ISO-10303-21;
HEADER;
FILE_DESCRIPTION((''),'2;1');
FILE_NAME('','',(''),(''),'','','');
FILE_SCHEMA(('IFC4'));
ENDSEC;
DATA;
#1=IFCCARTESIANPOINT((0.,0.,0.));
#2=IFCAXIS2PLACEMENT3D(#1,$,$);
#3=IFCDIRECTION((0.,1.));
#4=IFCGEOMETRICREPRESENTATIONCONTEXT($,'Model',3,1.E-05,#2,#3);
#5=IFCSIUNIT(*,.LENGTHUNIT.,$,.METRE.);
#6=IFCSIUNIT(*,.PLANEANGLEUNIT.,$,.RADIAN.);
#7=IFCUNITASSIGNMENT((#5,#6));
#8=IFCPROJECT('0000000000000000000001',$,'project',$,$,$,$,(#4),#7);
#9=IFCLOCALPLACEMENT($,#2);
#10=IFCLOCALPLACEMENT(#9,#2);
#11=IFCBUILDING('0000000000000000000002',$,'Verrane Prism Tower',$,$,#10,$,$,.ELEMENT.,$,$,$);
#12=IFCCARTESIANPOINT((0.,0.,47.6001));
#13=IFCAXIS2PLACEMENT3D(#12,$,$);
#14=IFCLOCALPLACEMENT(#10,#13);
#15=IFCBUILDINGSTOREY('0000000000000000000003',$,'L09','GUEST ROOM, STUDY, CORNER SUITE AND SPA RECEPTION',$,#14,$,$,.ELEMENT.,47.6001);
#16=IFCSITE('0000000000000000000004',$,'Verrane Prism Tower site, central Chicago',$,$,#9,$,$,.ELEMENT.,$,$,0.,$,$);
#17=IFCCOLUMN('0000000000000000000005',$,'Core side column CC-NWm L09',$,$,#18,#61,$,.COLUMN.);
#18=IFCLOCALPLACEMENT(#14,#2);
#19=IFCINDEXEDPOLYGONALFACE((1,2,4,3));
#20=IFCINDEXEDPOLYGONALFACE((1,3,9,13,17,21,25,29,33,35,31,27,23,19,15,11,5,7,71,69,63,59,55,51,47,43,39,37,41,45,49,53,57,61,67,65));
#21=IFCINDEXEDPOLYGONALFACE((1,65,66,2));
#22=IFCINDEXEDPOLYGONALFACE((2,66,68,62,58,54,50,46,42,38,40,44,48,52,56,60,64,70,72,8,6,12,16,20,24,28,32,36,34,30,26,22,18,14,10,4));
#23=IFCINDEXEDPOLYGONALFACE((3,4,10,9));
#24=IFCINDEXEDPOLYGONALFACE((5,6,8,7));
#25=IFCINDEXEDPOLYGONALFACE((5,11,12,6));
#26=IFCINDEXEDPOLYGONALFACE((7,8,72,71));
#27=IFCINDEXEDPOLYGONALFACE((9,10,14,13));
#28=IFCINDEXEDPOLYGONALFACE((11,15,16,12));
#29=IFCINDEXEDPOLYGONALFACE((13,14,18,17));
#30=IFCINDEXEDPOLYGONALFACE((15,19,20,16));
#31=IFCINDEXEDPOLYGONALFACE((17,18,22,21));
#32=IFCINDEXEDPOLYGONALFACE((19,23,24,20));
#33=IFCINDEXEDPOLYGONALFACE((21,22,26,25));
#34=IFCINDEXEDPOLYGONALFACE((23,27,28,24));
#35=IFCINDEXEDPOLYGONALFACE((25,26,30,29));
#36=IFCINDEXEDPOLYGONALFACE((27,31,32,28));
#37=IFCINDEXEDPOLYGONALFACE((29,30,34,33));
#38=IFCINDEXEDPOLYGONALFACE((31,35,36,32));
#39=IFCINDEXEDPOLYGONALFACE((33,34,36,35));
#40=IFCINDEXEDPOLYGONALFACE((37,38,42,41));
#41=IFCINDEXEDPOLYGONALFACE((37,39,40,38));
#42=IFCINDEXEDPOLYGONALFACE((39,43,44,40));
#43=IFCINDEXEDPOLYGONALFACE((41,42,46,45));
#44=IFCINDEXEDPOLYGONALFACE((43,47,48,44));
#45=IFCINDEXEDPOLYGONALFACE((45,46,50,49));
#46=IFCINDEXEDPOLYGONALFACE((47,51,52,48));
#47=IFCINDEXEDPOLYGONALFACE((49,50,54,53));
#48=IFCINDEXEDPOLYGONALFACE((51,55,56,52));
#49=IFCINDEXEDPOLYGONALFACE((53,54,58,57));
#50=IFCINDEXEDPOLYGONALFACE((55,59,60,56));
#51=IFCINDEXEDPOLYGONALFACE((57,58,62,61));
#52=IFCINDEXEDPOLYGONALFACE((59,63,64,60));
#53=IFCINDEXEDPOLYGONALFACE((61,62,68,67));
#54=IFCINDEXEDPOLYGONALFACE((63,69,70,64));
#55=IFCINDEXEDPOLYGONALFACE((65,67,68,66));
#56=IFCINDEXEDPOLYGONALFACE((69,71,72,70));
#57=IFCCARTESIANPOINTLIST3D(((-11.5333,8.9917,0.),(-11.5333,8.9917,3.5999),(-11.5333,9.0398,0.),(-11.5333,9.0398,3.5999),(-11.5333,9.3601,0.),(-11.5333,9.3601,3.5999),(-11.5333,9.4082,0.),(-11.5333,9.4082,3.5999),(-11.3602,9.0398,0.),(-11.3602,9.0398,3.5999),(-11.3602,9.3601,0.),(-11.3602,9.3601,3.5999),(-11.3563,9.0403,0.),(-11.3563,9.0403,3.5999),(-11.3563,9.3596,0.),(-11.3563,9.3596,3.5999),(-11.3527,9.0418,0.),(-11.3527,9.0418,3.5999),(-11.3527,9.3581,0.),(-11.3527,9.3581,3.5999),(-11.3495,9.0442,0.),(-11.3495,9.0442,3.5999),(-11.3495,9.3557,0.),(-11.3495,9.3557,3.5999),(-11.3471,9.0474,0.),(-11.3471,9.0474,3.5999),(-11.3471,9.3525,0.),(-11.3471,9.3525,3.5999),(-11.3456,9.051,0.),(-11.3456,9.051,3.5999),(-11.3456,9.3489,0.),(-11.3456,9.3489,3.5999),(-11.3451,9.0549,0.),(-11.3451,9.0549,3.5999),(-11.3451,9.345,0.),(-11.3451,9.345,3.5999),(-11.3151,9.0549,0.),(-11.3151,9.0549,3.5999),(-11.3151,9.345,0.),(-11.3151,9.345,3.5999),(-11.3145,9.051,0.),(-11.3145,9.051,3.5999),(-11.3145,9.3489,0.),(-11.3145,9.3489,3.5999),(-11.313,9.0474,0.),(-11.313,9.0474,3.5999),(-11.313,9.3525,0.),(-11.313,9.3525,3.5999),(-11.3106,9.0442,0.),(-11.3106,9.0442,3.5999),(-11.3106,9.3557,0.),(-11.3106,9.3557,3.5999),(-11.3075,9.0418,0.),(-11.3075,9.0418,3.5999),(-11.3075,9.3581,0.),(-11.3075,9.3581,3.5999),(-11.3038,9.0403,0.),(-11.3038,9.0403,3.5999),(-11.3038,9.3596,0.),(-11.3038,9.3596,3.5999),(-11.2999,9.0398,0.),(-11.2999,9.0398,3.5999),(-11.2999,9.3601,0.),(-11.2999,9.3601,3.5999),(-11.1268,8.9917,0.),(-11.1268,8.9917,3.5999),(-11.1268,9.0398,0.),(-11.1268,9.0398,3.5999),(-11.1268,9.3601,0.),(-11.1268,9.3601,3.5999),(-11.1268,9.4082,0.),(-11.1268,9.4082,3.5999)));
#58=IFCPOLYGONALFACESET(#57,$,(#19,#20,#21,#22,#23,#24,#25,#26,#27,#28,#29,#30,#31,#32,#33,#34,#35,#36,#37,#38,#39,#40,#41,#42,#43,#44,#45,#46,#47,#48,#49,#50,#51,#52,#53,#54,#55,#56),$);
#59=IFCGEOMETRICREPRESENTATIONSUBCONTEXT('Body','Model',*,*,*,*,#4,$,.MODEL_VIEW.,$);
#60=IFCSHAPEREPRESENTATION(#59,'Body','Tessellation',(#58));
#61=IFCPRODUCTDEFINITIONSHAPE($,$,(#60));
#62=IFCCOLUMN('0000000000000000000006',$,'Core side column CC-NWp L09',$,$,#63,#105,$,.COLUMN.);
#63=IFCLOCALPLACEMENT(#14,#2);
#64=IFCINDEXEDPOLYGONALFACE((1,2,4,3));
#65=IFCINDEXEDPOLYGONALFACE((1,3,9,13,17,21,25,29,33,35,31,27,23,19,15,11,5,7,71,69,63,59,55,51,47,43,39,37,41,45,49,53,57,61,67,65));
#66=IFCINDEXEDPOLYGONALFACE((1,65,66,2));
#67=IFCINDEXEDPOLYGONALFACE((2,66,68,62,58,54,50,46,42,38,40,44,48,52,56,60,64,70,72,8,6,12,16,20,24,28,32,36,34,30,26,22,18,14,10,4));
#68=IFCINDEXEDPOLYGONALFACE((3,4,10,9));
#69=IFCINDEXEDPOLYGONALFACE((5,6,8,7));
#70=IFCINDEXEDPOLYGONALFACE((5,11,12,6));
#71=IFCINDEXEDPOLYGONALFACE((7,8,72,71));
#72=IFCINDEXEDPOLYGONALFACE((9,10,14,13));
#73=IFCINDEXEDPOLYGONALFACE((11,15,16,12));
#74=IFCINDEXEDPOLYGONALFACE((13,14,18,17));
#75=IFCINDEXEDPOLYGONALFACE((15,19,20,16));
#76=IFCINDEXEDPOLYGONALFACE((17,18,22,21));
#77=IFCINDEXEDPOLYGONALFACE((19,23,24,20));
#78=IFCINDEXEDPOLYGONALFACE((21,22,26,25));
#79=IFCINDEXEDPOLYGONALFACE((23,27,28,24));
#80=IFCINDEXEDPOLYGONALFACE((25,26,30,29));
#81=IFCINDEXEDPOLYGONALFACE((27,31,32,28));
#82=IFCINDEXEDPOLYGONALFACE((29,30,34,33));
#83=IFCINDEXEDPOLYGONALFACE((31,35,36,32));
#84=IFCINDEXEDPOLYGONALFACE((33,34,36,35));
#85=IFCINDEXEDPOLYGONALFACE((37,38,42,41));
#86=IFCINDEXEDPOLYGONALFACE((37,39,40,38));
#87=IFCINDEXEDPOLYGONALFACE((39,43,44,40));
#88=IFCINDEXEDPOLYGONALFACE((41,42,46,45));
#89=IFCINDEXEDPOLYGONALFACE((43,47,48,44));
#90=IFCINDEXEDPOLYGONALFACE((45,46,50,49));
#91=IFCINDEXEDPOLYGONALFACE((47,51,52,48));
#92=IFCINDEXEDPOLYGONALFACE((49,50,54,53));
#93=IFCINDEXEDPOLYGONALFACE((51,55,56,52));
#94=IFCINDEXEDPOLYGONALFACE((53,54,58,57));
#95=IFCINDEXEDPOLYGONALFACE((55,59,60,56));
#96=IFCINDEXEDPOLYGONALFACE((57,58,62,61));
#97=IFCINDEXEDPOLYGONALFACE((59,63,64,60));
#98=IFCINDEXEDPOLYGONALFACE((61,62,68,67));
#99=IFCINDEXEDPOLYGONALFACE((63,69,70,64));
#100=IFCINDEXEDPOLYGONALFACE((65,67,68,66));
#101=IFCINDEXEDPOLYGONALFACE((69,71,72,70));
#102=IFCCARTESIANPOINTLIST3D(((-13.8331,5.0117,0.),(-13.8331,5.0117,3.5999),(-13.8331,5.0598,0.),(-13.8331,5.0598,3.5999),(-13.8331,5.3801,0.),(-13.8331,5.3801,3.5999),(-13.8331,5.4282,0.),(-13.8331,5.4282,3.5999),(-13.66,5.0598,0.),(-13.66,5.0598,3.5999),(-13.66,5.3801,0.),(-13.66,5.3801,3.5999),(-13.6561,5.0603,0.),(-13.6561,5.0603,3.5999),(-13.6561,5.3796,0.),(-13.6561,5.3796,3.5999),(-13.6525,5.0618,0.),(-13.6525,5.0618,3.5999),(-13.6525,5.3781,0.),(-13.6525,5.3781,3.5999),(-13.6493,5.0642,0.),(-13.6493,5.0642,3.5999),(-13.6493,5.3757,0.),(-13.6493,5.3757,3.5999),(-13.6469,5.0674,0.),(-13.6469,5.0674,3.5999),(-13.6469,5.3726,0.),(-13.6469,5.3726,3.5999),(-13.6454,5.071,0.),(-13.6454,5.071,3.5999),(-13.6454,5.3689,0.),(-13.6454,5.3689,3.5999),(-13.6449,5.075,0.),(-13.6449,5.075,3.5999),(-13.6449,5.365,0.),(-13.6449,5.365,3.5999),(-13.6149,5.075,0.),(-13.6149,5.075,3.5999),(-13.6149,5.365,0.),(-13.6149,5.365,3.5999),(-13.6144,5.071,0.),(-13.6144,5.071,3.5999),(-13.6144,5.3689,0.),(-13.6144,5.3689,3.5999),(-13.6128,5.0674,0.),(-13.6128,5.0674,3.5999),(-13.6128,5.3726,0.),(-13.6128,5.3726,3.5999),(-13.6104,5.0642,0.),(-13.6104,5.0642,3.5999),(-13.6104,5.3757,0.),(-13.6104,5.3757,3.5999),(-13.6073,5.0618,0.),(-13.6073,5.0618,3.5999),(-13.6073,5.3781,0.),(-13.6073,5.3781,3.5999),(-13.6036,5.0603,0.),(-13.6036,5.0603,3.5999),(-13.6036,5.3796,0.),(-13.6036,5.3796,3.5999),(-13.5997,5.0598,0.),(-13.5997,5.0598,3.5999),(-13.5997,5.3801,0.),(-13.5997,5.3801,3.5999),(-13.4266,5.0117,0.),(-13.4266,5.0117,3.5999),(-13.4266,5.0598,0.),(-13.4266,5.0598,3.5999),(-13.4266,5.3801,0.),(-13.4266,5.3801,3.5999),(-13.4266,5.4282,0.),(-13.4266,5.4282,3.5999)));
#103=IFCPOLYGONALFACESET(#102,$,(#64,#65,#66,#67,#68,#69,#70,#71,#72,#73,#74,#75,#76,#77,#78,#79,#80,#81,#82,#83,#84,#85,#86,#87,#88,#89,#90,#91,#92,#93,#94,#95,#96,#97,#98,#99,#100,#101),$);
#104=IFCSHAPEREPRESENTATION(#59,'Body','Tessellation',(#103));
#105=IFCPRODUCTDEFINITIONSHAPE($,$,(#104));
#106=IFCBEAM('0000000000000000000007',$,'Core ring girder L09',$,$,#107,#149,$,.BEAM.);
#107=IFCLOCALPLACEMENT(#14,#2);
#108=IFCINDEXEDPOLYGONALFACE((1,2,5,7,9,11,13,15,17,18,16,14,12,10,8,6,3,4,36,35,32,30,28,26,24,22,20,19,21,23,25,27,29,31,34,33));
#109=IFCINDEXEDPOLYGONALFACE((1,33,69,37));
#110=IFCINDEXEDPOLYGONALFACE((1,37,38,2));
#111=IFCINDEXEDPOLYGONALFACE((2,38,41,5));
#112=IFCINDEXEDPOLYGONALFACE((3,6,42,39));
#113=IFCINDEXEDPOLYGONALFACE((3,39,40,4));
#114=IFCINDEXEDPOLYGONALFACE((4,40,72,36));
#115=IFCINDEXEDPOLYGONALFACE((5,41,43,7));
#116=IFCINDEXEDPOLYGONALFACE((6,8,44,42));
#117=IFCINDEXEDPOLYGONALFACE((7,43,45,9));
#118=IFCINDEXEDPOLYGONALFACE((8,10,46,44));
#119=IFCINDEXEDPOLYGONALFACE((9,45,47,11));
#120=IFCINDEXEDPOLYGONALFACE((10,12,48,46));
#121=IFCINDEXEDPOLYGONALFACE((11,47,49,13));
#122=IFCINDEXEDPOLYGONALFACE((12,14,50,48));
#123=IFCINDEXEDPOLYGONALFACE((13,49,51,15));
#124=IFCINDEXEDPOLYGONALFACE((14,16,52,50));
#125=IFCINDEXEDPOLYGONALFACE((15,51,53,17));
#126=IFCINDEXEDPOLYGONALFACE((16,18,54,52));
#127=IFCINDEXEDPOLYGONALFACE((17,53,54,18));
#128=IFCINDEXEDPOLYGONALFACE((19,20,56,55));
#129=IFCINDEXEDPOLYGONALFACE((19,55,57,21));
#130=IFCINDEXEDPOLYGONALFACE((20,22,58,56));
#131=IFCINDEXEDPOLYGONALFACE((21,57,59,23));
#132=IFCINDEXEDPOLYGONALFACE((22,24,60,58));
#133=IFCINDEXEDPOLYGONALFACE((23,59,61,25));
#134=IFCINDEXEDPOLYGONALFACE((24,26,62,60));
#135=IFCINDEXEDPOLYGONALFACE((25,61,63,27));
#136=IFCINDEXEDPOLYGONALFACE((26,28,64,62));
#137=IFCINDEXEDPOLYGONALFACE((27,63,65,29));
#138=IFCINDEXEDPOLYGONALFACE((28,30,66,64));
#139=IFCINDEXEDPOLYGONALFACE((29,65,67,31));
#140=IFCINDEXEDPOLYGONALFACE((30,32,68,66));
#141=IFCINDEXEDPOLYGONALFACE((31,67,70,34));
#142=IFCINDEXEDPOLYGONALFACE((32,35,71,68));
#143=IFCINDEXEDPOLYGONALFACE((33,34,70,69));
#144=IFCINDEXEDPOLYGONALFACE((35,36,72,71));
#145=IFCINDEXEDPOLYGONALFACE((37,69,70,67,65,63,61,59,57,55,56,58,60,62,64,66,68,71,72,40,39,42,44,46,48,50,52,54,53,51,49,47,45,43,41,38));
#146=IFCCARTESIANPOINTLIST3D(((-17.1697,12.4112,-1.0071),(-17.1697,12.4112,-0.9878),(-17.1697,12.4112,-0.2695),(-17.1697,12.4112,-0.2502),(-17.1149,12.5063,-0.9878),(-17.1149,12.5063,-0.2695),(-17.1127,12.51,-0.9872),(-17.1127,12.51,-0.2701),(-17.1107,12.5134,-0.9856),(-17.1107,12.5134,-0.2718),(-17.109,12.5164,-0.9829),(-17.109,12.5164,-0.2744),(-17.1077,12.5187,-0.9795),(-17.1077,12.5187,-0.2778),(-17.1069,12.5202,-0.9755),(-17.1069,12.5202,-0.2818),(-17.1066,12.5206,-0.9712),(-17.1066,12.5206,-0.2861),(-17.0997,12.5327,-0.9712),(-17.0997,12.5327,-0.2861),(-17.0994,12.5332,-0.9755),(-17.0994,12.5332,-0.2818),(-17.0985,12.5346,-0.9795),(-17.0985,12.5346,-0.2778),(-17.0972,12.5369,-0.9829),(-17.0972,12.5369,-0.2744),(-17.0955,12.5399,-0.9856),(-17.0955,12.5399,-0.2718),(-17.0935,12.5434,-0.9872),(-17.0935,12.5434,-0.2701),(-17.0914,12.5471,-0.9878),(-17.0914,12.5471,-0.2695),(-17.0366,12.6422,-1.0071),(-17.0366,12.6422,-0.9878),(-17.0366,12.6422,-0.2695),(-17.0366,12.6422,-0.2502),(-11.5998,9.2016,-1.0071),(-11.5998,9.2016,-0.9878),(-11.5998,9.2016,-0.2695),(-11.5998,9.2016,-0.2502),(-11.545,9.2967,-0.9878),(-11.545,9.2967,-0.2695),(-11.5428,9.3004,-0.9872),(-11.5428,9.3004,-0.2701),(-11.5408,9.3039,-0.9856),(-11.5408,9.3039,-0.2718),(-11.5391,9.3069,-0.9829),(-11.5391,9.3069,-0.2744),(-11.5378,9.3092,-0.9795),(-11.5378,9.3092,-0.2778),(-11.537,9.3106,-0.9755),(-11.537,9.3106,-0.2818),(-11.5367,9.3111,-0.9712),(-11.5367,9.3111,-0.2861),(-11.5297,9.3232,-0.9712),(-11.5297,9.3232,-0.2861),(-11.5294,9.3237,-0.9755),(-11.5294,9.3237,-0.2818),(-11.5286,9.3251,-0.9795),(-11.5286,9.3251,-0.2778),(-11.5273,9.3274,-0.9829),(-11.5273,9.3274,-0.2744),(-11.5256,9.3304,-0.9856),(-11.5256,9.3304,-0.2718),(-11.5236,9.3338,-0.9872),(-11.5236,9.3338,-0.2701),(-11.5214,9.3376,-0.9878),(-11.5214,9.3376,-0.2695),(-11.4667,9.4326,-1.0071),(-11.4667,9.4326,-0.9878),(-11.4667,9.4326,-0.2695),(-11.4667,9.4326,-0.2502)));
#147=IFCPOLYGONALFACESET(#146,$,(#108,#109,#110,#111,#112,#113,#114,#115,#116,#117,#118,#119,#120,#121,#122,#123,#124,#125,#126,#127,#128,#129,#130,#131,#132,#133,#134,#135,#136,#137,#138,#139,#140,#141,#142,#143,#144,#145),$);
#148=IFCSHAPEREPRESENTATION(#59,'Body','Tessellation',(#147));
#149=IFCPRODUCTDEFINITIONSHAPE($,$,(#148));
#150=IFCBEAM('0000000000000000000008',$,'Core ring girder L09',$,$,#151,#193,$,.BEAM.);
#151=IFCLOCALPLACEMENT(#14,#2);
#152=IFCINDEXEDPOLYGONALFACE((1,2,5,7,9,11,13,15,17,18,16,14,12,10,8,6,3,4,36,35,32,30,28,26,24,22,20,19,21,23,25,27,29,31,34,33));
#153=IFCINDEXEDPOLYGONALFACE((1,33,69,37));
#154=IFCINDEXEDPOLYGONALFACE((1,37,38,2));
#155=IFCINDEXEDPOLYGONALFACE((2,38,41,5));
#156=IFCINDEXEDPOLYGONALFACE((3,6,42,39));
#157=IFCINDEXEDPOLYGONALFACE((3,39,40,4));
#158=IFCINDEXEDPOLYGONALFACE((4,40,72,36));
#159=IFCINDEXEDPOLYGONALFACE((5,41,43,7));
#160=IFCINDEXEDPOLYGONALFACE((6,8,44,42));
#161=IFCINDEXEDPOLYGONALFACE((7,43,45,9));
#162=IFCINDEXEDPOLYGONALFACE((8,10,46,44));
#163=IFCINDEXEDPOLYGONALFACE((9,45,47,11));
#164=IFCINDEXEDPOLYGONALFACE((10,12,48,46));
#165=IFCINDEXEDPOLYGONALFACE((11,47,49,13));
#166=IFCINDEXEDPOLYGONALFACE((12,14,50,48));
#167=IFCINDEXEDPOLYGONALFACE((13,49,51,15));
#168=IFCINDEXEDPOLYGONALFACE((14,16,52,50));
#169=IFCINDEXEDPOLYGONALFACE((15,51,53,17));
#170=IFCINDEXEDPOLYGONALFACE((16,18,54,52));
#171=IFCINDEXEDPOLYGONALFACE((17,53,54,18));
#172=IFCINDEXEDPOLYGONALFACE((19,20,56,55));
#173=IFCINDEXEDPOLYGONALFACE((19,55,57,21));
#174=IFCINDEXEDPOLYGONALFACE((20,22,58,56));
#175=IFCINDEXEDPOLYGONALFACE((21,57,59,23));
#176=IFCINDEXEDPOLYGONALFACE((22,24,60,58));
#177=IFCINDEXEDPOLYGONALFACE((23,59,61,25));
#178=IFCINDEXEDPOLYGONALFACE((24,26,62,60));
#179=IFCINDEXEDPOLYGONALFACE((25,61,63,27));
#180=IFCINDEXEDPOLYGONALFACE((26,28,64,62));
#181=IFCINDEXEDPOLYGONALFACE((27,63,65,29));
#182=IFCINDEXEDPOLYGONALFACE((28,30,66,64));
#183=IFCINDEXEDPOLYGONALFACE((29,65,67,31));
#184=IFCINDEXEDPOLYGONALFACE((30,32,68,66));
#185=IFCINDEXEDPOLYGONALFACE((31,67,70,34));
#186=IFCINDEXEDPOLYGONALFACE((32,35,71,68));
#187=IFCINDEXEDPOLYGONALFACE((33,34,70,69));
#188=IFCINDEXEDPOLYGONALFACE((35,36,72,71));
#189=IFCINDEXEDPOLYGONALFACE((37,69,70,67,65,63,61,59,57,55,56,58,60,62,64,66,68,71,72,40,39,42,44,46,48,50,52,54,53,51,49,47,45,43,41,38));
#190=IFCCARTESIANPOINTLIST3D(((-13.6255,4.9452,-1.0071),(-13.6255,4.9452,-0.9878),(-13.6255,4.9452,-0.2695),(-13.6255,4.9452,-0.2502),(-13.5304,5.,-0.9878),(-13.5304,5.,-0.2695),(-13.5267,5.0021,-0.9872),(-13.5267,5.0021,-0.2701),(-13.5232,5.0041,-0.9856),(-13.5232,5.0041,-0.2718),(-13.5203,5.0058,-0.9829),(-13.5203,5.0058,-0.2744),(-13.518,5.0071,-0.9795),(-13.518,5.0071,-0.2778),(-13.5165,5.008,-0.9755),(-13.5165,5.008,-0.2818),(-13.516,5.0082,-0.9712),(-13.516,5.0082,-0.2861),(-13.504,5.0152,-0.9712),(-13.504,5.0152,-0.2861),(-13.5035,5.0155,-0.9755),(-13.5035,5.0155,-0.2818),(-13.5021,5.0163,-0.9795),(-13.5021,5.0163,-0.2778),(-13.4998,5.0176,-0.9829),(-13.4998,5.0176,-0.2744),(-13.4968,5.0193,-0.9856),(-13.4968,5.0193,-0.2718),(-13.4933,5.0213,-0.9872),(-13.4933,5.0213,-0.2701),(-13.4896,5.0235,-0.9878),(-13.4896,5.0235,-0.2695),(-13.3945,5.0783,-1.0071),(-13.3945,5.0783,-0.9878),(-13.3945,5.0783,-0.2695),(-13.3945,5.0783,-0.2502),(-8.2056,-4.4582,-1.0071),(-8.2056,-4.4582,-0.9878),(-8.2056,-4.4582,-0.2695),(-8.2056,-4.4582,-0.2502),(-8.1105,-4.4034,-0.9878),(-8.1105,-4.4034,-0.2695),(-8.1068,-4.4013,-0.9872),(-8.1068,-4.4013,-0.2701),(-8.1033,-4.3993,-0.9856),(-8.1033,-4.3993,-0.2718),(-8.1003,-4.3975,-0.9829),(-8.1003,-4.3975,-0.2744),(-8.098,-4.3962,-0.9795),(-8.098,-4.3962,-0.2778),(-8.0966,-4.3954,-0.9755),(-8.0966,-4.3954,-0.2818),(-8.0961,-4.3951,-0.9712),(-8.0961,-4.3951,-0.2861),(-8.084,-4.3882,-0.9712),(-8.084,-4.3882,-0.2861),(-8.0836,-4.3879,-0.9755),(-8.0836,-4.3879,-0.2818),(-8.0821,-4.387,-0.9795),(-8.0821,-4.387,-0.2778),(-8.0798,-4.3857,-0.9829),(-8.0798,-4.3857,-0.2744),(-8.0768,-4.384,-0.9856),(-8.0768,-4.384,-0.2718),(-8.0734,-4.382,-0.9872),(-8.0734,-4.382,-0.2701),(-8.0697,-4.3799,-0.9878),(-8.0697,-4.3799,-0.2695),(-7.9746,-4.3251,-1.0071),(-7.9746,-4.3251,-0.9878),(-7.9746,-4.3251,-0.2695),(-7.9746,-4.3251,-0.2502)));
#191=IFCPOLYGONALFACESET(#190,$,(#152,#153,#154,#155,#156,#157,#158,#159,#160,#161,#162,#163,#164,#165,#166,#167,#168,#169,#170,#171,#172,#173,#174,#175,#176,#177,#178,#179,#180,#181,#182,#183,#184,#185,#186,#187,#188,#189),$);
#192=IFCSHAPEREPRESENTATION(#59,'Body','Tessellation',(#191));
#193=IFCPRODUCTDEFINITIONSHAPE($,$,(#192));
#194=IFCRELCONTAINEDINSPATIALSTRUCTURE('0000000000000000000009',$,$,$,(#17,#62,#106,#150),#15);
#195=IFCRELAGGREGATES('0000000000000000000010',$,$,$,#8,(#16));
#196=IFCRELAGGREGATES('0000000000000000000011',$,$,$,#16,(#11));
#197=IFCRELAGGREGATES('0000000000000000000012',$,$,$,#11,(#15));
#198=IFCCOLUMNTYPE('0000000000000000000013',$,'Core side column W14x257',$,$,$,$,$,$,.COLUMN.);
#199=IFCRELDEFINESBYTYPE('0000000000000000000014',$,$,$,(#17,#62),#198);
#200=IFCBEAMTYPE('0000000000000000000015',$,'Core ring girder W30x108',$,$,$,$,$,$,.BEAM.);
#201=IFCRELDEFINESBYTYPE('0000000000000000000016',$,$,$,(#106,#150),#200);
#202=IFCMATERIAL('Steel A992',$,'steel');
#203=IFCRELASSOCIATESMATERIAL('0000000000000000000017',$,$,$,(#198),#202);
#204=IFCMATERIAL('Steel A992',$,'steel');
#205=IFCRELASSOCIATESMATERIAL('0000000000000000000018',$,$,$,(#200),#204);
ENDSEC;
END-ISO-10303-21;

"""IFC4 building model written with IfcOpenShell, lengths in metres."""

from ifc_helpers import new_model, si_unit, direction, frame, origin, origin_2d, place, context, subcontext, project, spatial, i_section, extrude, material, material_profile, profile_set, type_object, element, save


model = new_model("IFC4")

# Units and contexts
model_context = context("Model", 3, precision=1e-05, world=origin(), true_north=direction((0.0, 1.0)))
body_context = subcontext(model_context, "Body", "Model", "MODEL_VIEW")
ifc_project = project(units=[si_unit("LENGTHUNIT", "METRE"), si_unit("PLANEANGLEUNIT", "RADIAN")], contexts=[model_context])

# Site, building, storey
site_placement = place(None, origin())
site = spatial("IfcSite", under=ifc_project, at=site_placement, Name="Verrane Prism Tower site, central Chicago", CompositionType="ELEMENT", RefElevation=0.0)
building_placement = place(site_placement, origin())
building = spatial("IfcBuilding", under=site, at=building_placement, Name="Verrane Prism Tower", CompositionType="ELEMENT")
storey_placement = place(building_placement, frame((0.0, 0.0, 47.6001)))
storey = spatial("IfcBuildingStorey", under=building, at=storey_placement, Name="L09", Description="GUEST ROOM, STUDY, CORNER SUITE AND SPA RECEPTION", CompositionType="ELEMENT", Elevation=47.6001)

# Columns
ifc_material_1 = material(Name="Steel A992", Category="steel")
ifc_material_profile_1 = material_profile(ifc_material_1, i_section(OverallWidth=0.4065, OverallDepth=0.4165, WebThickness=0.03, FlangeThickness=0.0481, FilletRadius=0.0151, at=origin_2d()), Name="W14x257")
ifc_profile_set_1 = profile_set([ifc_material_profile_1], Name="Steel A992")
column_type = type_object("IfcColumnType", Name="Core side column W14x257", PredefinedType="COLUMN", material=ifc_profile_set_1)
for number, where, z_axis, x_axis, name in (
    (1, (-11.3301, 9.2, 0.0), (0.0, 0.0, 1.0), (1.0, 0.0, 0.0), "Core side column CC-NWm L09"),
    (2, (-13.6299, 5.22, 0.0), (0.0, 0.0, 1.0), (1.0, 0.0, 0.0), "Core side column CC-NWp L09"),
):
    element("IfcColumn", number, at=place(storey_placement, frame(where, z_axis=z_axis, x_axis=x_axis)), inside=storey, type_object=column_type, Name=name, PredefinedType="COLUMN", context=body_context, shape_type="SweptSolid", body=[
        extrude(i_section(OverallWidth=0.4065, OverallDepth=0.4165, WebThickness=0.03, FlangeThickness=0.0481, FilletRadius=0.0151, at=origin_2d()), origin(), (0.0, 0.0, 1.0), 3.5999),
    ])

# Beams
ifc_material_2 = material(Name="Steel A992", Category="steel")
ifc_material_profile_2 = material_profile(ifc_material_2, i_section(OverallWidth=0.2666, OverallDepth=0.7568, WebThickness=0.0139, FlangeThickness=0.0193, FilletRadius=0.0166, at=origin_2d()), Name="W30x108")
ifc_profile_set_2 = profile_set([ifc_material_profile_2], Name="Steel A992")
beam_type_1 = type_object("IfcBeamType", Name="Core ring girder W30x108", PredefinedType="BEAM", material=ifc_profile_set_2)
beam_1_placement = place(storey_placement, frame((-11.5332, 9.3171, -0.6287), z_axis=(-0.866447, 0.499269, 0.0), x_axis=(-0.499269, -0.866447, 0.0)))
element("IfcBeam", 3, at=beam_1_placement, inside=storey, type_object=beam_type_1, Name="Core ring girder L09", PredefinedType="BEAM", context=body_context, shape_type="SweptSolid", body=[
    extrude(i_section(OverallWidth=0.2666, OverallDepth=0.7568, WebThickness=0.0139, FlangeThickness=0.0193, FilletRadius=0.0166, at=origin_2d()), origin(), (0.0, 0.0, 1.0), 6.4285),
])
beam_2_placement = place(storey_placement, frame((-13.51, 5.0117, -0.6287), z_axis=(0.499372, -0.866388, 0.0), x_axis=(0.866388, 0.499372, 0.0)))
element("IfcBeam", 4, at=beam_2_placement, inside=storey, type_object=beam_type_1, Name="Core ring girder L09", PredefinedType="BEAM", context=body_context, shape_type="SweptSolid", body=[
    extrude(i_section(OverallWidth=0.2666, OverallDepth=0.7568, WebThickness=0.0139, FlangeThickness=0.0193, FilletRadius=0.0166, at=origin_2d()), origin(), (0.0, 0.0, 1.0), 10.8535),
])

save(model, "model.ifc")
